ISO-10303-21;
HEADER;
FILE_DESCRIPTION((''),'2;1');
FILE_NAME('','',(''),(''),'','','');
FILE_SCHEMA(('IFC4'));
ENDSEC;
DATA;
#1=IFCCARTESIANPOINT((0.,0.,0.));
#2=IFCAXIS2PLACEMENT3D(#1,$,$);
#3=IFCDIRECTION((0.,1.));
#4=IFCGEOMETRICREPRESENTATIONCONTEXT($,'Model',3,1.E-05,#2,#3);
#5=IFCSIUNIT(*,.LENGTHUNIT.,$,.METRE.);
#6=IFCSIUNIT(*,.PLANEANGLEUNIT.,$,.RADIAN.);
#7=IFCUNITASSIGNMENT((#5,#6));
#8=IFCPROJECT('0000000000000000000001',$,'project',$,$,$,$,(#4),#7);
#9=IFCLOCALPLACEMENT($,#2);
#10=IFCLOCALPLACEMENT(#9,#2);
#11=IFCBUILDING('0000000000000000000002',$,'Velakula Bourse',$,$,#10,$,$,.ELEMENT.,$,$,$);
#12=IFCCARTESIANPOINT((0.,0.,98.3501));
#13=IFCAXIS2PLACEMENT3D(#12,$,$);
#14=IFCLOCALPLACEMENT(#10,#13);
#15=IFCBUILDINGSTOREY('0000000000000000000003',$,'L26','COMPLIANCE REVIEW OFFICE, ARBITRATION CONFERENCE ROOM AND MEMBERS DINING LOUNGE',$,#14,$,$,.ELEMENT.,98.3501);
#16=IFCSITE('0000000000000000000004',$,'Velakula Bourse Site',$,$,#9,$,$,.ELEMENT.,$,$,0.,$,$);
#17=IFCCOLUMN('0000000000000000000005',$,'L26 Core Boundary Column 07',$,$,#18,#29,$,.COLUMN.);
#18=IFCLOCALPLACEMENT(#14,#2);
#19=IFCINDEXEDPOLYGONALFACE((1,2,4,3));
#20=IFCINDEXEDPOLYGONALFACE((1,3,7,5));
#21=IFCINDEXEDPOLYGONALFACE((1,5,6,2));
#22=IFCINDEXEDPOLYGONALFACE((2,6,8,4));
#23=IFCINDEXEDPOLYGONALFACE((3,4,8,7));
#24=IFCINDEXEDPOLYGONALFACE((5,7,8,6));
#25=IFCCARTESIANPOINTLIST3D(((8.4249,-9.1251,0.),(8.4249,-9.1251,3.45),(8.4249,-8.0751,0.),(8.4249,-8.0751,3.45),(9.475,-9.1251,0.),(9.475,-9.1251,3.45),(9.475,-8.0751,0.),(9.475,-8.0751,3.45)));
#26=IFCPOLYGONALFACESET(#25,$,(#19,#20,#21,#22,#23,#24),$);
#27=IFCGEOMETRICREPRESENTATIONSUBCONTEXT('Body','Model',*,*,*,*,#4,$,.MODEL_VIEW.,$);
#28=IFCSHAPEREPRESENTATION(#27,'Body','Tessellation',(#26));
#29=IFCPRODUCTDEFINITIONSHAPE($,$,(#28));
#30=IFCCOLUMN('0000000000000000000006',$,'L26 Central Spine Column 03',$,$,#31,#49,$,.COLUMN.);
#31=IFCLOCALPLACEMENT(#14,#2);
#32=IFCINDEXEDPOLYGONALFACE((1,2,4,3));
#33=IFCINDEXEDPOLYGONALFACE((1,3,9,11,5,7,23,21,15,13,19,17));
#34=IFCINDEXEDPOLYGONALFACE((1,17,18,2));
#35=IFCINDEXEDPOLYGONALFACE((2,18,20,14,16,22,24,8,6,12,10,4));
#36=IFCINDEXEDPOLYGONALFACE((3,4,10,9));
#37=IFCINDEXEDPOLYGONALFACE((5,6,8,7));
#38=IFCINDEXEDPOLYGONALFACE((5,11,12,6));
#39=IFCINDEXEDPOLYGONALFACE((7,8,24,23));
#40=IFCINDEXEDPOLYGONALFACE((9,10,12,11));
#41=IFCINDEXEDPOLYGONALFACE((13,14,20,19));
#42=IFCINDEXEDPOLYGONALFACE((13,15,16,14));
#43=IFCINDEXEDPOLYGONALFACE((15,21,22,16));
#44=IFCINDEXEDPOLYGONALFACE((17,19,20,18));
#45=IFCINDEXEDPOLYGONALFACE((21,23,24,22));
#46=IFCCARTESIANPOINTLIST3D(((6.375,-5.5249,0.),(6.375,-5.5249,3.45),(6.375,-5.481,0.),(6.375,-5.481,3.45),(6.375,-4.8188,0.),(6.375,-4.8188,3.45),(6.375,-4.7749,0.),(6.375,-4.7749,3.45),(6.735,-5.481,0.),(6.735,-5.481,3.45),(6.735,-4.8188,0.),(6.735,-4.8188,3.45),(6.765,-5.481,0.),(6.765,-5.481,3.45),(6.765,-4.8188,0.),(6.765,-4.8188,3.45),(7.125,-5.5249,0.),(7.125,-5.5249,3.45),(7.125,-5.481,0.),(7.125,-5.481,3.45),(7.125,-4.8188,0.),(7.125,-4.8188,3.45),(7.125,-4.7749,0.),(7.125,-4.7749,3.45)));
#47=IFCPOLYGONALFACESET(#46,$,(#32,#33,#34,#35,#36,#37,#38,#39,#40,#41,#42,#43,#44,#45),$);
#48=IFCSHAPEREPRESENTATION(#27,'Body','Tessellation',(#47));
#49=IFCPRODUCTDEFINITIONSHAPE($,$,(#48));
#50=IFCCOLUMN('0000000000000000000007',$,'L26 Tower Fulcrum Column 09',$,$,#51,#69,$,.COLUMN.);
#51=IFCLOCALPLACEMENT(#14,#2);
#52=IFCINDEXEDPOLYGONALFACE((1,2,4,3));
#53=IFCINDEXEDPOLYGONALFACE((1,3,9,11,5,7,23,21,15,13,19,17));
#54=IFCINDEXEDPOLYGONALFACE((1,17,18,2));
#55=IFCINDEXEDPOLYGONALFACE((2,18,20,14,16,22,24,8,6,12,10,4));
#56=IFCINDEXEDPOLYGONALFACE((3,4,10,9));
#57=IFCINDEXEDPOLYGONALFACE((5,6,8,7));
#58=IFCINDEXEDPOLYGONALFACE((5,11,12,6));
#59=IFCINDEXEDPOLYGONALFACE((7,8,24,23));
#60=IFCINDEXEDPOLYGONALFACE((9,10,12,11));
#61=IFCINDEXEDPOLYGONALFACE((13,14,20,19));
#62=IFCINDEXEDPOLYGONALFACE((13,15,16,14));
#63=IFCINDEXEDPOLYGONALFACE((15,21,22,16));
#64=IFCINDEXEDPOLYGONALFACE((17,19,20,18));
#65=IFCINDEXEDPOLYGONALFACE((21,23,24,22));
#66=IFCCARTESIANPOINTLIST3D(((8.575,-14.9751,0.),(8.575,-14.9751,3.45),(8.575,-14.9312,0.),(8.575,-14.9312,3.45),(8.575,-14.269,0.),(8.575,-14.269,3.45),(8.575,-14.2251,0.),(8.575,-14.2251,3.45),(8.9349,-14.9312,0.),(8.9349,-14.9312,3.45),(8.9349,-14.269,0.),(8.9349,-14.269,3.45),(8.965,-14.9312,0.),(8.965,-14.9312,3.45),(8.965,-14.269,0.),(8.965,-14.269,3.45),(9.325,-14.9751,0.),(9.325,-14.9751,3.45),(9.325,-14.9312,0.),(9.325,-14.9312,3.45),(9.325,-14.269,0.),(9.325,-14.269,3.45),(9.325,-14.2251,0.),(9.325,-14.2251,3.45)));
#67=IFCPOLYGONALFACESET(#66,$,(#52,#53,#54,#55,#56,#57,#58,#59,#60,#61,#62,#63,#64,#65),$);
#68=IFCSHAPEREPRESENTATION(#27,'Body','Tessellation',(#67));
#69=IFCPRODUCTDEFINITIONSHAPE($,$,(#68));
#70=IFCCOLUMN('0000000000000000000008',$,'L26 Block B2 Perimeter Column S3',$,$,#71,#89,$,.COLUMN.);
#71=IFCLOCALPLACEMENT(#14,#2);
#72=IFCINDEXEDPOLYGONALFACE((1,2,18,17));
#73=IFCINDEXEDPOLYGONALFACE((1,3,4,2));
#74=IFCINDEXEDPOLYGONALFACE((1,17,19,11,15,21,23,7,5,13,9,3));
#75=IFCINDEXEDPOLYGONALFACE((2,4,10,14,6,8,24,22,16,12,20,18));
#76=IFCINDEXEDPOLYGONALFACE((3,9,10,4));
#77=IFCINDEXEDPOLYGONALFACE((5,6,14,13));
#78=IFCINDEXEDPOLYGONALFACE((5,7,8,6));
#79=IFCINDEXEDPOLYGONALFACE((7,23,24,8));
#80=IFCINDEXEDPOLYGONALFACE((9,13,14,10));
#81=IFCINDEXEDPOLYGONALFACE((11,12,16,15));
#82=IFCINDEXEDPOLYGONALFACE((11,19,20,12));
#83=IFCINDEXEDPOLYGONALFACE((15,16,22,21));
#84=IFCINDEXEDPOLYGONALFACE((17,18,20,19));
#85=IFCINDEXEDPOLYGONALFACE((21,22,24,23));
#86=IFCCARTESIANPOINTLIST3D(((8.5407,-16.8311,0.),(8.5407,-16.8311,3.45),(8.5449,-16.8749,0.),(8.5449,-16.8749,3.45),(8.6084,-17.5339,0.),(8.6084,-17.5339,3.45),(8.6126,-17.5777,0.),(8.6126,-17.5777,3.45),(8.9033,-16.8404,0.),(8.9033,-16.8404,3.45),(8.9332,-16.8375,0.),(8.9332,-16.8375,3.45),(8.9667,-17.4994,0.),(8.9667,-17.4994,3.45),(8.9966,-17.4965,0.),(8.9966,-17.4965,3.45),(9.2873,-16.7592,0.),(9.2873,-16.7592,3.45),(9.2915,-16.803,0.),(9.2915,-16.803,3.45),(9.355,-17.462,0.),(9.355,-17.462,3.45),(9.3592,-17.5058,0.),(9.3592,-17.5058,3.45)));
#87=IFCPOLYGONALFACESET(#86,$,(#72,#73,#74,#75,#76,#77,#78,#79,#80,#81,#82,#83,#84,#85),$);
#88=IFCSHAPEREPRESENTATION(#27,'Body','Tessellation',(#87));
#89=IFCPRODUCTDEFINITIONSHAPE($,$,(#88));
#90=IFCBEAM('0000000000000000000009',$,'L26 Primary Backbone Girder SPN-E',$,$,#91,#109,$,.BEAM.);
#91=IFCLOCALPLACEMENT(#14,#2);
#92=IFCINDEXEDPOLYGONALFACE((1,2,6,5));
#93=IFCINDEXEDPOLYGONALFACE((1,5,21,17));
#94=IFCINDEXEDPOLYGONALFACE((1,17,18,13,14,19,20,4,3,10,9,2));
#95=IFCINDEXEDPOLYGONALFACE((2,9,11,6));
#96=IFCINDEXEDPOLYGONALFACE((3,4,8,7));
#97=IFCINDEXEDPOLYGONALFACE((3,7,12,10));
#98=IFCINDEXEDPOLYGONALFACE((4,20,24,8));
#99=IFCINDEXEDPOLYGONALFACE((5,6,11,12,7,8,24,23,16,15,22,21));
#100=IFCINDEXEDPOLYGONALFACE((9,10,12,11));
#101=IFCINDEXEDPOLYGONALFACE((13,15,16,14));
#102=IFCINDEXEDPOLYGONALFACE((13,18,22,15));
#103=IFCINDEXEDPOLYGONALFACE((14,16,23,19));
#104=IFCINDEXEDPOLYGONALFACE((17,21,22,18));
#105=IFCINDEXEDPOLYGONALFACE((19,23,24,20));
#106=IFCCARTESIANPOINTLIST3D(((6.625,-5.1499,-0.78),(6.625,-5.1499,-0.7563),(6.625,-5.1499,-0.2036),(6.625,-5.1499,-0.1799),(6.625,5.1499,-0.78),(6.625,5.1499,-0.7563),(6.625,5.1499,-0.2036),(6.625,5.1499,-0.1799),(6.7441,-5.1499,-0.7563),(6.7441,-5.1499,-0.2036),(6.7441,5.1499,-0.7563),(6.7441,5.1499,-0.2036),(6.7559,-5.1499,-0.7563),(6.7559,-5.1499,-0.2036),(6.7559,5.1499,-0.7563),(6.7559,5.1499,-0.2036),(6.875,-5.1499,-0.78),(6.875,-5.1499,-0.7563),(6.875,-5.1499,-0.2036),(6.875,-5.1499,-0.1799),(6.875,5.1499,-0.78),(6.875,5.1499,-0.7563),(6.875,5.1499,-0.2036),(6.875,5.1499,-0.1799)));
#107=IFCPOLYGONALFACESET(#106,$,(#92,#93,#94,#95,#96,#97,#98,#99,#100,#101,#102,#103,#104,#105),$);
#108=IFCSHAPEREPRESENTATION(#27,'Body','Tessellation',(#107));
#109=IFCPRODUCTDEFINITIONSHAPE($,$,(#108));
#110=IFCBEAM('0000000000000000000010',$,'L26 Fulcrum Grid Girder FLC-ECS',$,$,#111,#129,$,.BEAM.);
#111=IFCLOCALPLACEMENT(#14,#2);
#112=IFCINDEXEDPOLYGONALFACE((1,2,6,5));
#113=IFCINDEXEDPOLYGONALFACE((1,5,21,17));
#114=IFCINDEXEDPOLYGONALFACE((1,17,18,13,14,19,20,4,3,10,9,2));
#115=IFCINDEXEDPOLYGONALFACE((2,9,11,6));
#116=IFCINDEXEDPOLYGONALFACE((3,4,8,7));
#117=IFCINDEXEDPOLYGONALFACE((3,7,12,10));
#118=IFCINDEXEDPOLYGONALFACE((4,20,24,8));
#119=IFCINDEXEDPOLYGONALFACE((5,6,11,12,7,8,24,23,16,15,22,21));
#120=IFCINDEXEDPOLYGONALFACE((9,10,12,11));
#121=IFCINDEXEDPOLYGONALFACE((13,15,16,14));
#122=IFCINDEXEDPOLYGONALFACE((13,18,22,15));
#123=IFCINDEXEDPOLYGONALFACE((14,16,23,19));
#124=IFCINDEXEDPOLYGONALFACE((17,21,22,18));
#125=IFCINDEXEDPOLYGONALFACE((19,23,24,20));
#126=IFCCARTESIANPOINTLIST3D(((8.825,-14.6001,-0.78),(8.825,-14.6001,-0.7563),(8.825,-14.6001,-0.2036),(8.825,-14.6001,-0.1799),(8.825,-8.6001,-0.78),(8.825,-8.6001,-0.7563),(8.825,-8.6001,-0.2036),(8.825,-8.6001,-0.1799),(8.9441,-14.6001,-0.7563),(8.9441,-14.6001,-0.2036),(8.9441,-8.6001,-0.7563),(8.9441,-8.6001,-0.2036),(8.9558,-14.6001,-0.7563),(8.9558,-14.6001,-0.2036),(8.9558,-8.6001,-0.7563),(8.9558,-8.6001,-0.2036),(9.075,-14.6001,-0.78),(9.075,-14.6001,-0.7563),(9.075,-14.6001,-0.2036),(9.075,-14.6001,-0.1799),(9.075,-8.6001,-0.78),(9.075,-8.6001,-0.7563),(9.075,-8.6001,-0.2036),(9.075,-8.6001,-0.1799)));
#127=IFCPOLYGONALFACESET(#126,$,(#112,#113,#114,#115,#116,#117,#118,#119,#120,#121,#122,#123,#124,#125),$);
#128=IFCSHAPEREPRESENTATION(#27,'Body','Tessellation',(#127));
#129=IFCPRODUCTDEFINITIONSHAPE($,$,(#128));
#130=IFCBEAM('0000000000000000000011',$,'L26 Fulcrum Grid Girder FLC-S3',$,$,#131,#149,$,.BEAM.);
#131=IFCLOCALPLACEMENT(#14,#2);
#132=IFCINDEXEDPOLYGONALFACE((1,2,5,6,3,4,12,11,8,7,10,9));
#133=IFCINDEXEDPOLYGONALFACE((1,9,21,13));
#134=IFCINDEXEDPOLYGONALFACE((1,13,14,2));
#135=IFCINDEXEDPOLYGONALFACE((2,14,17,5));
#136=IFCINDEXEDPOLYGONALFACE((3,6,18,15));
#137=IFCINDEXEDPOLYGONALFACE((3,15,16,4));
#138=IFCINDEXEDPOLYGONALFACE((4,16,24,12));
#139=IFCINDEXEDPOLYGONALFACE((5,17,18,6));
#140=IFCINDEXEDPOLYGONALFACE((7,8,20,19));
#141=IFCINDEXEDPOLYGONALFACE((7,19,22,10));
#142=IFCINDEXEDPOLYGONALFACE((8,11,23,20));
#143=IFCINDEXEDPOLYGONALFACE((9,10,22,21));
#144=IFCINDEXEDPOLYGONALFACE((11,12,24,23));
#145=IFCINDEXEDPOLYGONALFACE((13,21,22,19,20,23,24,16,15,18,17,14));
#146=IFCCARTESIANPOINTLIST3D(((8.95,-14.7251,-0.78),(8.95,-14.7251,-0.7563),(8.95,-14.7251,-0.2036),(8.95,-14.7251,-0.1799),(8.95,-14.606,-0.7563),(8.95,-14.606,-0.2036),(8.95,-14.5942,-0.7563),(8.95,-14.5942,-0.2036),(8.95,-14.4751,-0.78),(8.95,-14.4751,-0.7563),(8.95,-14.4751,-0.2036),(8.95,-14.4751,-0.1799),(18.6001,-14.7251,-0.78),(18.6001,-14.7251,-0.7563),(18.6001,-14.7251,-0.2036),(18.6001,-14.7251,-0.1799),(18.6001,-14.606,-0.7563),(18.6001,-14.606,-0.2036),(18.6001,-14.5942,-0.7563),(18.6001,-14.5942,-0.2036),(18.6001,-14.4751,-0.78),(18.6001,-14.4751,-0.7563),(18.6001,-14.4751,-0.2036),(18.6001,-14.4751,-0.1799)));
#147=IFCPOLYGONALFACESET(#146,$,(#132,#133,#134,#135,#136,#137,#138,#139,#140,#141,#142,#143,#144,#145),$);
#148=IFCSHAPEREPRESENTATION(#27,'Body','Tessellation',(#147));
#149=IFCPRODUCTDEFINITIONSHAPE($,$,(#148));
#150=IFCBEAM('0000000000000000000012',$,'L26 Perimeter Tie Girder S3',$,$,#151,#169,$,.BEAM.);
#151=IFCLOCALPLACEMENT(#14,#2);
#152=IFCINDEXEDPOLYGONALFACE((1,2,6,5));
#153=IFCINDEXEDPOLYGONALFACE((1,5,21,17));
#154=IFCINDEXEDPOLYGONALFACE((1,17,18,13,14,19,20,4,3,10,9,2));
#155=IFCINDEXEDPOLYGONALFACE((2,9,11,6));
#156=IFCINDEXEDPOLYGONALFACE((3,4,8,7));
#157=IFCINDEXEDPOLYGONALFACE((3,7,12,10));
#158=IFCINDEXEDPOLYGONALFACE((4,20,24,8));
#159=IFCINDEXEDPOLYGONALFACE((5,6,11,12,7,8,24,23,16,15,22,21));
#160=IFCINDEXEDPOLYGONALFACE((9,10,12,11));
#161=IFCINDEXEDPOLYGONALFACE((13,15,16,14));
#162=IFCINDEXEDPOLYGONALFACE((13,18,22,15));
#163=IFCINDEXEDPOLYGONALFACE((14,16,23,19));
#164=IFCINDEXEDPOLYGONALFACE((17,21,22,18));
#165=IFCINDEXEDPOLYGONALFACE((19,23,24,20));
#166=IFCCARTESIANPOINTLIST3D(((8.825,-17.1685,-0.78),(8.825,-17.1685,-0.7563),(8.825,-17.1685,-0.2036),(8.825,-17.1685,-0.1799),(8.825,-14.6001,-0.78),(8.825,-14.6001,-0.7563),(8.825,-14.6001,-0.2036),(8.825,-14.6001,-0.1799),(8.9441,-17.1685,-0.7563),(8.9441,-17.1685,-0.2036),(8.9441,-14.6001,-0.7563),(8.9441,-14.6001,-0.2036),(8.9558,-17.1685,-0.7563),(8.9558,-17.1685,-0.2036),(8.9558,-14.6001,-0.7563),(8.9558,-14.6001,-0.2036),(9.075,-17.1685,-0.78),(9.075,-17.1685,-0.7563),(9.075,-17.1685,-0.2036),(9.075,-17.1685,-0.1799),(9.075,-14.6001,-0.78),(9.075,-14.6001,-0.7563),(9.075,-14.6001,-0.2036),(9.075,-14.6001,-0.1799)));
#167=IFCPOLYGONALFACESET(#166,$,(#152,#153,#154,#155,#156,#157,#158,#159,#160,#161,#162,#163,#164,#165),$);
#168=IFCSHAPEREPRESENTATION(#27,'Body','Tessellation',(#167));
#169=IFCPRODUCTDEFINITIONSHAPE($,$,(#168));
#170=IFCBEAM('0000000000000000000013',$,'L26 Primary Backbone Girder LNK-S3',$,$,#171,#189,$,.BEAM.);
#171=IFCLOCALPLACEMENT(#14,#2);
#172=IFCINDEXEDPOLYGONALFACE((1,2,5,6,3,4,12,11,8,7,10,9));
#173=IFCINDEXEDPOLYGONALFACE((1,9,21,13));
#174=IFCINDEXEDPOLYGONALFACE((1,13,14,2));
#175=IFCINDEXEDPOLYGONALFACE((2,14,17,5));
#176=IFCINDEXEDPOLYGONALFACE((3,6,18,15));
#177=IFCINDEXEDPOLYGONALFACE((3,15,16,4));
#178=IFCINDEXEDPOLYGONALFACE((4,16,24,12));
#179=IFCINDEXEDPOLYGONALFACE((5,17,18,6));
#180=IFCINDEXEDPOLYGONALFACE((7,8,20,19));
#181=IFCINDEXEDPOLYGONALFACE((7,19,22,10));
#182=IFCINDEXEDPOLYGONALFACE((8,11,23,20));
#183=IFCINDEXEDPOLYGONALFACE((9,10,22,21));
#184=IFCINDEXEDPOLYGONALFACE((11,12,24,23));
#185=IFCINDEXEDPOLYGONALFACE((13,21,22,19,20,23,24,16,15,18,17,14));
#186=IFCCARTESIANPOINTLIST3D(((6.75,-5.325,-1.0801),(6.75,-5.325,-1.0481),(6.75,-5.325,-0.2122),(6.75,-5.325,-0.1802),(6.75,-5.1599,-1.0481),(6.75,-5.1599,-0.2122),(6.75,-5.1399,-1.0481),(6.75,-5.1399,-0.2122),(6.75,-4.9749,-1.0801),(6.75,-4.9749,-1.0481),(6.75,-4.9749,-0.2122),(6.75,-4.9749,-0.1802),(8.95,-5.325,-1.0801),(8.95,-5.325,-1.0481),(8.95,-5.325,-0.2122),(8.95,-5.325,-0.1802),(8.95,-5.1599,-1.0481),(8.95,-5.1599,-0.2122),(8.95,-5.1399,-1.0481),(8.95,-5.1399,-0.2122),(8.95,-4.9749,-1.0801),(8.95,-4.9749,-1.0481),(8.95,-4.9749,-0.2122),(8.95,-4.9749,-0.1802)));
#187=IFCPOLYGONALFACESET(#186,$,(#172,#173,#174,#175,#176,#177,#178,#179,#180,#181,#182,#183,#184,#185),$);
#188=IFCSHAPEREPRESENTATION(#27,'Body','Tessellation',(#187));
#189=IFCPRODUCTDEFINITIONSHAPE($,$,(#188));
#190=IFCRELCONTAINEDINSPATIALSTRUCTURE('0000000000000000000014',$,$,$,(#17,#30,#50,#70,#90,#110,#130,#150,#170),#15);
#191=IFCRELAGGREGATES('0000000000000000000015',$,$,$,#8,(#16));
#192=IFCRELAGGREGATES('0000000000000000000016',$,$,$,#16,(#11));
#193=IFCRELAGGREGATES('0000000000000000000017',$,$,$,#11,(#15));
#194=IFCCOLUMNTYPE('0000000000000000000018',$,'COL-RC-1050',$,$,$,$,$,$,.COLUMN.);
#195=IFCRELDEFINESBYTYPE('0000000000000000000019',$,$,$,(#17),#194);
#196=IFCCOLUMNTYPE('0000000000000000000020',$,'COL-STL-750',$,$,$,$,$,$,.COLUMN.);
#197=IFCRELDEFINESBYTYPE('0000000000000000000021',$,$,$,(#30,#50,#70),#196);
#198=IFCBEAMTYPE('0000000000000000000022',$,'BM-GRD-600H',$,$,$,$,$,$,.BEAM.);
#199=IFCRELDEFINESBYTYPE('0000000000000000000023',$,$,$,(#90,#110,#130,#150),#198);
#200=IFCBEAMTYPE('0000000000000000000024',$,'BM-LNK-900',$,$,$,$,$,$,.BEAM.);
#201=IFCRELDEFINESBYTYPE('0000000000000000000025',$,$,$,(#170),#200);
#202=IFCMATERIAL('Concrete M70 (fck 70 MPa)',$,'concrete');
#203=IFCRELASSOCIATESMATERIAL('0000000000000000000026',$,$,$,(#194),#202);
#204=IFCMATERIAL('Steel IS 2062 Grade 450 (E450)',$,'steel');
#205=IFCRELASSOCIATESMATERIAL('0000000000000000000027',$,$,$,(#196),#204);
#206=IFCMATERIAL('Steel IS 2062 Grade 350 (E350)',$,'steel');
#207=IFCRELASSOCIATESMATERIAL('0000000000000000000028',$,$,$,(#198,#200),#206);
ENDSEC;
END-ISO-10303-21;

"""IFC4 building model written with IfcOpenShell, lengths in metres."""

from ifc_helpers import new_model, si_unit, direction, frame, origin, origin_2d, place, context, subcontext, project, spatial, rectangle, i_section, extrude, material, material_profile, profile_set, type_object, element, save


model = new_model("IFC4")

# Units and contexts
model_context = context("Model", 3, precision=1e-05, world=origin(), true_north=direction((0.0, 1.0)))
body_context = subcontext(model_context, "Body", "Model", "MODEL_VIEW")
ifc_project = project(units=[si_unit("LENGTHUNIT", "METRE"), si_unit("PLANEANGLEUNIT", "RADIAN")], contexts=[model_context])

# Site, building, storey
site_placement = place(None, origin())
site = spatial("IfcSite", under=ifc_project, at=site_placement, Name="Velakula Bourse Site", CompositionType="ELEMENT", RefElevation=0.0)
building_placement = place(site_placement, origin())
building = spatial("IfcBuilding", under=site, at=building_placement, Name="Velakula Bourse", CompositionType="ELEMENT")
storey_placement = place(building_placement, frame((0.0, 0.0, 98.3501)))
storey = spatial("IfcBuildingStorey", under=building, at=storey_placement, Name="L26", Description="COMPLIANCE REVIEW OFFICE, ARBITRATION CONFERENCE ROOM AND MEMBERS DINING LOUNGE", CompositionType="ELEMENT", Elevation=98.3501)

# Columns
ifc_material_1 = material(Name="Concrete M70 (fck 70 MPa)", Category="concrete")
ifc_material_profile_1 = material_profile(ifc_material_1, rectangle(XDim=1.05, YDim=1.05, at=origin_2d()), Name="Concrete M70 (fck 70 MPa)")
ifc_profile_set_1 = profile_set([ifc_material_profile_1], Name="Concrete M70 (fck 70 MPa)")
column_type_1 = type_object("IfcColumnType", Name="COL-RC-1050", PredefinedType="COLUMN", material=ifc_profile_set_1)
column_placement = place(storey_placement, frame((8.95, -8.6001, 0.0), z_axis=(0.0, 0.0, 1.0), x_axis=(1.0, 0.0, 0.0)))
element("IfcColumn", 1, at=column_placement, inside=storey, type_object=column_type_1, Name="L26 Core Boundary Column 07", PredefinedType="COLUMN", context=body_context, shape_type="SweptSolid", body=[
    extrude(rectangle(XDim=1.05, YDim=1.05, at=origin_2d()), origin(), (0.0, 0.0, 1.0), 3.45),
])
ifc_material_2 = material(Name="Steel IS 2062 Grade 450 (E450)", Category="steel")
ifc_material_profile_2 = material_profile(ifc_material_2, i_section(OverallWidth=0.75, OverallDepth=0.75, WebThickness=0.03, FlangeThickness=0.0439, at=origin_2d()), Name="Steel IS 2062 Grade 450 (E450)")
ifc_profile_set_2 = profile_set([ifc_material_profile_2], Name="Steel IS 2062 Grade 450 (E450)")
column_type_2 = type_object("IfcColumnType", Name="COL-STL-750", PredefinedType="COLUMN", material=ifc_profile_set_2)
for number, where, z_axis, x_axis, name in (
    (2, (6.75, -5.1499, 0.0), (0.0, 0.0, 1.0), (1.0, 0.0, 0.0), "L26 Central Spine Column 03"),
    (3, (8.95, -14.6001, 0.0), (0.0, 0.0, 1.0), (1.0, 0.0, 0.0), "L26 Tower Fulcrum Column 09"),
    (4, (8.95, -17.1685, 0.0), (0.0, 0.0, 1.0), (0.995396, 0.095846, 0.0), "L26 Block B2 Perimeter Column S3"),
):
    element("IfcColumn", number, at=place(storey_placement, frame(where, z_axis=z_axis, x_axis=x_axis)), inside=storey, type_object=column_type_2, Name=name, PredefinedType="COLUMN", context=body_context, shape_type="SweptSolid", body=[
        extrude(i_section(OverallWidth=0.75, OverallDepth=0.75, WebThickness=0.03, FlangeThickness=0.0439, at=origin_2d()), origin(), (0.0, 0.0, 1.0), 3.45),
    ])

# Beams
ifc_material_3 = material(Name="Steel IS 2062 Grade 350 (E350)", Category="steel")
ifc_material_profile_3 = material_profile(ifc_material_3, i_section(OverallWidth=0.25, OverallDepth=0.6001, WebThickness=0.0117, FlangeThickness=0.0237, at=origin_2d()), Name="Steel IS 2062 Grade 350 (E350)")
ifc_profile_set_3 = profile_set([ifc_material_profile_3], Name="Steel IS 2062 Grade 350 (E350)")
beam_type_1 = type_object("IfcBeamType", Name="BM-GRD-600H", PredefinedType="BEAM", material=ifc_profile_set_3)
beam_1_placement = place(storey_placement, frame((6.75, -5.1499, -0.48), z_axis=(0.0, 1.0, 0.0), x_axis=(-1.0, 0.0, 0.0)))
element("IfcBeam", 5, at=beam_1_placement, inside=storey, type_object=beam_type_1, Name="L26 Primary Backbone Girder SPN-E", PredefinedType="BEAM", context=body_context, shape_type="SweptSolid", body=[
    extrude(i_section(OverallWidth=0.25, OverallDepth=0.6001, WebThickness=0.0117, FlangeThickness=0.0237, at=origin_2d()), origin(), (0.0, 0.0, 1.0), 10.2998),
])
beam_2_placement = place(storey_placement, frame((8.95, -14.6001, -0.48), z_axis=(0.0, 1.0, 0.0), x_axis=(-1.0, 0.0, 0.0)))
element("IfcBeam", 6, at=beam_2_placement, inside=storey, type_object=beam_type_1, Name="L26 Fulcrum Grid Girder FLC-ECS", PredefinedType="BEAM", context=body_context, shape_type="SweptSolid", body=[
    extrude(i_section(OverallWidth=0.25, OverallDepth=0.6001, WebThickness=0.0117, FlangeThickness=0.0237, at=origin_2d()), origin(), (0.0, 0.0, 1.0), 6.0),
])
beam_3_placement = place(storey_placement, frame((8.95, -14.6001, -0.48), z_axis=(1.0, 0.0, 0.0), x_axis=(0.0, 1.0, 0.0)))
element("IfcBeam", 7, at=beam_3_placement, inside=storey, type_object=beam_type_1, Name="L26 Fulcrum Grid Girder FLC-S3", PredefinedType="BEAM", context=body_context, shape_type="SweptSolid", body=[
    extrude(i_section(OverallWidth=0.25, OverallDepth=0.6001, WebThickness=0.0117, FlangeThickness=0.0237, at=origin_2d()), origin(), (0.0, 0.0, 1.0), 9.6501),
])
beam_4_placement = place(storey_placement, frame((8.95, -14.6001, -0.48), z_axis=(0.0, -1.0, 0.0), x_axis=(1.0, 0.0, 0.0)))
element("IfcBeam", 8, at=beam_4_placement, inside=storey, type_object=beam_type_1, Name="L26 Perimeter Tie Girder S3", PredefinedType="BEAM", context=body_context, shape_type="SweptSolid", body=[
    extrude(i_section(OverallWidth=0.25, OverallDepth=0.6001, WebThickness=0.0117, FlangeThickness=0.0237, at=origin_2d()), origin(), (0.0, 0.0, 1.0), 2.5684),
])
ifc_material_profile_4 = material_profile(ifc_material_3, i_section(OverallWidth=0.3501, OverallDepth=0.8999, WebThickness=0.02, FlangeThickness=0.032, at=origin_2d()), Name="Steel IS 2062 Grade 350 (E350)")
ifc_profile_set_4 = profile_set([ifc_material_profile_4], Name="Steel IS 2062 Grade 350 (E350)")
beam_type_2 = type_object("IfcBeamType", Name="BM-LNK-900", PredefinedType="BEAM", material=ifc_profile_set_4)
beam_5_placement = place(storey_placement, frame((6.75, -5.1499, -0.6301), z_axis=(1.0, 0.0, 0.0), x_axis=(0.0, 1.0, 0.0)))
element("IfcBeam", 9, at=beam_5_placement, inside=storey, type_object=beam_type_2, Name="L26 Primary Backbone Girder LNK-S3", PredefinedType="BEAM", context=body_context, shape_type="SweptSolid", body=[
    extrude(i_section(OverallWidth=0.3501, OverallDepth=0.8999, WebThickness=0.02, FlangeThickness=0.032, at=origin_2d()), origin(), (0.0, 0.0, 1.0), 2.2),
])

save(model, "model.ifc")
